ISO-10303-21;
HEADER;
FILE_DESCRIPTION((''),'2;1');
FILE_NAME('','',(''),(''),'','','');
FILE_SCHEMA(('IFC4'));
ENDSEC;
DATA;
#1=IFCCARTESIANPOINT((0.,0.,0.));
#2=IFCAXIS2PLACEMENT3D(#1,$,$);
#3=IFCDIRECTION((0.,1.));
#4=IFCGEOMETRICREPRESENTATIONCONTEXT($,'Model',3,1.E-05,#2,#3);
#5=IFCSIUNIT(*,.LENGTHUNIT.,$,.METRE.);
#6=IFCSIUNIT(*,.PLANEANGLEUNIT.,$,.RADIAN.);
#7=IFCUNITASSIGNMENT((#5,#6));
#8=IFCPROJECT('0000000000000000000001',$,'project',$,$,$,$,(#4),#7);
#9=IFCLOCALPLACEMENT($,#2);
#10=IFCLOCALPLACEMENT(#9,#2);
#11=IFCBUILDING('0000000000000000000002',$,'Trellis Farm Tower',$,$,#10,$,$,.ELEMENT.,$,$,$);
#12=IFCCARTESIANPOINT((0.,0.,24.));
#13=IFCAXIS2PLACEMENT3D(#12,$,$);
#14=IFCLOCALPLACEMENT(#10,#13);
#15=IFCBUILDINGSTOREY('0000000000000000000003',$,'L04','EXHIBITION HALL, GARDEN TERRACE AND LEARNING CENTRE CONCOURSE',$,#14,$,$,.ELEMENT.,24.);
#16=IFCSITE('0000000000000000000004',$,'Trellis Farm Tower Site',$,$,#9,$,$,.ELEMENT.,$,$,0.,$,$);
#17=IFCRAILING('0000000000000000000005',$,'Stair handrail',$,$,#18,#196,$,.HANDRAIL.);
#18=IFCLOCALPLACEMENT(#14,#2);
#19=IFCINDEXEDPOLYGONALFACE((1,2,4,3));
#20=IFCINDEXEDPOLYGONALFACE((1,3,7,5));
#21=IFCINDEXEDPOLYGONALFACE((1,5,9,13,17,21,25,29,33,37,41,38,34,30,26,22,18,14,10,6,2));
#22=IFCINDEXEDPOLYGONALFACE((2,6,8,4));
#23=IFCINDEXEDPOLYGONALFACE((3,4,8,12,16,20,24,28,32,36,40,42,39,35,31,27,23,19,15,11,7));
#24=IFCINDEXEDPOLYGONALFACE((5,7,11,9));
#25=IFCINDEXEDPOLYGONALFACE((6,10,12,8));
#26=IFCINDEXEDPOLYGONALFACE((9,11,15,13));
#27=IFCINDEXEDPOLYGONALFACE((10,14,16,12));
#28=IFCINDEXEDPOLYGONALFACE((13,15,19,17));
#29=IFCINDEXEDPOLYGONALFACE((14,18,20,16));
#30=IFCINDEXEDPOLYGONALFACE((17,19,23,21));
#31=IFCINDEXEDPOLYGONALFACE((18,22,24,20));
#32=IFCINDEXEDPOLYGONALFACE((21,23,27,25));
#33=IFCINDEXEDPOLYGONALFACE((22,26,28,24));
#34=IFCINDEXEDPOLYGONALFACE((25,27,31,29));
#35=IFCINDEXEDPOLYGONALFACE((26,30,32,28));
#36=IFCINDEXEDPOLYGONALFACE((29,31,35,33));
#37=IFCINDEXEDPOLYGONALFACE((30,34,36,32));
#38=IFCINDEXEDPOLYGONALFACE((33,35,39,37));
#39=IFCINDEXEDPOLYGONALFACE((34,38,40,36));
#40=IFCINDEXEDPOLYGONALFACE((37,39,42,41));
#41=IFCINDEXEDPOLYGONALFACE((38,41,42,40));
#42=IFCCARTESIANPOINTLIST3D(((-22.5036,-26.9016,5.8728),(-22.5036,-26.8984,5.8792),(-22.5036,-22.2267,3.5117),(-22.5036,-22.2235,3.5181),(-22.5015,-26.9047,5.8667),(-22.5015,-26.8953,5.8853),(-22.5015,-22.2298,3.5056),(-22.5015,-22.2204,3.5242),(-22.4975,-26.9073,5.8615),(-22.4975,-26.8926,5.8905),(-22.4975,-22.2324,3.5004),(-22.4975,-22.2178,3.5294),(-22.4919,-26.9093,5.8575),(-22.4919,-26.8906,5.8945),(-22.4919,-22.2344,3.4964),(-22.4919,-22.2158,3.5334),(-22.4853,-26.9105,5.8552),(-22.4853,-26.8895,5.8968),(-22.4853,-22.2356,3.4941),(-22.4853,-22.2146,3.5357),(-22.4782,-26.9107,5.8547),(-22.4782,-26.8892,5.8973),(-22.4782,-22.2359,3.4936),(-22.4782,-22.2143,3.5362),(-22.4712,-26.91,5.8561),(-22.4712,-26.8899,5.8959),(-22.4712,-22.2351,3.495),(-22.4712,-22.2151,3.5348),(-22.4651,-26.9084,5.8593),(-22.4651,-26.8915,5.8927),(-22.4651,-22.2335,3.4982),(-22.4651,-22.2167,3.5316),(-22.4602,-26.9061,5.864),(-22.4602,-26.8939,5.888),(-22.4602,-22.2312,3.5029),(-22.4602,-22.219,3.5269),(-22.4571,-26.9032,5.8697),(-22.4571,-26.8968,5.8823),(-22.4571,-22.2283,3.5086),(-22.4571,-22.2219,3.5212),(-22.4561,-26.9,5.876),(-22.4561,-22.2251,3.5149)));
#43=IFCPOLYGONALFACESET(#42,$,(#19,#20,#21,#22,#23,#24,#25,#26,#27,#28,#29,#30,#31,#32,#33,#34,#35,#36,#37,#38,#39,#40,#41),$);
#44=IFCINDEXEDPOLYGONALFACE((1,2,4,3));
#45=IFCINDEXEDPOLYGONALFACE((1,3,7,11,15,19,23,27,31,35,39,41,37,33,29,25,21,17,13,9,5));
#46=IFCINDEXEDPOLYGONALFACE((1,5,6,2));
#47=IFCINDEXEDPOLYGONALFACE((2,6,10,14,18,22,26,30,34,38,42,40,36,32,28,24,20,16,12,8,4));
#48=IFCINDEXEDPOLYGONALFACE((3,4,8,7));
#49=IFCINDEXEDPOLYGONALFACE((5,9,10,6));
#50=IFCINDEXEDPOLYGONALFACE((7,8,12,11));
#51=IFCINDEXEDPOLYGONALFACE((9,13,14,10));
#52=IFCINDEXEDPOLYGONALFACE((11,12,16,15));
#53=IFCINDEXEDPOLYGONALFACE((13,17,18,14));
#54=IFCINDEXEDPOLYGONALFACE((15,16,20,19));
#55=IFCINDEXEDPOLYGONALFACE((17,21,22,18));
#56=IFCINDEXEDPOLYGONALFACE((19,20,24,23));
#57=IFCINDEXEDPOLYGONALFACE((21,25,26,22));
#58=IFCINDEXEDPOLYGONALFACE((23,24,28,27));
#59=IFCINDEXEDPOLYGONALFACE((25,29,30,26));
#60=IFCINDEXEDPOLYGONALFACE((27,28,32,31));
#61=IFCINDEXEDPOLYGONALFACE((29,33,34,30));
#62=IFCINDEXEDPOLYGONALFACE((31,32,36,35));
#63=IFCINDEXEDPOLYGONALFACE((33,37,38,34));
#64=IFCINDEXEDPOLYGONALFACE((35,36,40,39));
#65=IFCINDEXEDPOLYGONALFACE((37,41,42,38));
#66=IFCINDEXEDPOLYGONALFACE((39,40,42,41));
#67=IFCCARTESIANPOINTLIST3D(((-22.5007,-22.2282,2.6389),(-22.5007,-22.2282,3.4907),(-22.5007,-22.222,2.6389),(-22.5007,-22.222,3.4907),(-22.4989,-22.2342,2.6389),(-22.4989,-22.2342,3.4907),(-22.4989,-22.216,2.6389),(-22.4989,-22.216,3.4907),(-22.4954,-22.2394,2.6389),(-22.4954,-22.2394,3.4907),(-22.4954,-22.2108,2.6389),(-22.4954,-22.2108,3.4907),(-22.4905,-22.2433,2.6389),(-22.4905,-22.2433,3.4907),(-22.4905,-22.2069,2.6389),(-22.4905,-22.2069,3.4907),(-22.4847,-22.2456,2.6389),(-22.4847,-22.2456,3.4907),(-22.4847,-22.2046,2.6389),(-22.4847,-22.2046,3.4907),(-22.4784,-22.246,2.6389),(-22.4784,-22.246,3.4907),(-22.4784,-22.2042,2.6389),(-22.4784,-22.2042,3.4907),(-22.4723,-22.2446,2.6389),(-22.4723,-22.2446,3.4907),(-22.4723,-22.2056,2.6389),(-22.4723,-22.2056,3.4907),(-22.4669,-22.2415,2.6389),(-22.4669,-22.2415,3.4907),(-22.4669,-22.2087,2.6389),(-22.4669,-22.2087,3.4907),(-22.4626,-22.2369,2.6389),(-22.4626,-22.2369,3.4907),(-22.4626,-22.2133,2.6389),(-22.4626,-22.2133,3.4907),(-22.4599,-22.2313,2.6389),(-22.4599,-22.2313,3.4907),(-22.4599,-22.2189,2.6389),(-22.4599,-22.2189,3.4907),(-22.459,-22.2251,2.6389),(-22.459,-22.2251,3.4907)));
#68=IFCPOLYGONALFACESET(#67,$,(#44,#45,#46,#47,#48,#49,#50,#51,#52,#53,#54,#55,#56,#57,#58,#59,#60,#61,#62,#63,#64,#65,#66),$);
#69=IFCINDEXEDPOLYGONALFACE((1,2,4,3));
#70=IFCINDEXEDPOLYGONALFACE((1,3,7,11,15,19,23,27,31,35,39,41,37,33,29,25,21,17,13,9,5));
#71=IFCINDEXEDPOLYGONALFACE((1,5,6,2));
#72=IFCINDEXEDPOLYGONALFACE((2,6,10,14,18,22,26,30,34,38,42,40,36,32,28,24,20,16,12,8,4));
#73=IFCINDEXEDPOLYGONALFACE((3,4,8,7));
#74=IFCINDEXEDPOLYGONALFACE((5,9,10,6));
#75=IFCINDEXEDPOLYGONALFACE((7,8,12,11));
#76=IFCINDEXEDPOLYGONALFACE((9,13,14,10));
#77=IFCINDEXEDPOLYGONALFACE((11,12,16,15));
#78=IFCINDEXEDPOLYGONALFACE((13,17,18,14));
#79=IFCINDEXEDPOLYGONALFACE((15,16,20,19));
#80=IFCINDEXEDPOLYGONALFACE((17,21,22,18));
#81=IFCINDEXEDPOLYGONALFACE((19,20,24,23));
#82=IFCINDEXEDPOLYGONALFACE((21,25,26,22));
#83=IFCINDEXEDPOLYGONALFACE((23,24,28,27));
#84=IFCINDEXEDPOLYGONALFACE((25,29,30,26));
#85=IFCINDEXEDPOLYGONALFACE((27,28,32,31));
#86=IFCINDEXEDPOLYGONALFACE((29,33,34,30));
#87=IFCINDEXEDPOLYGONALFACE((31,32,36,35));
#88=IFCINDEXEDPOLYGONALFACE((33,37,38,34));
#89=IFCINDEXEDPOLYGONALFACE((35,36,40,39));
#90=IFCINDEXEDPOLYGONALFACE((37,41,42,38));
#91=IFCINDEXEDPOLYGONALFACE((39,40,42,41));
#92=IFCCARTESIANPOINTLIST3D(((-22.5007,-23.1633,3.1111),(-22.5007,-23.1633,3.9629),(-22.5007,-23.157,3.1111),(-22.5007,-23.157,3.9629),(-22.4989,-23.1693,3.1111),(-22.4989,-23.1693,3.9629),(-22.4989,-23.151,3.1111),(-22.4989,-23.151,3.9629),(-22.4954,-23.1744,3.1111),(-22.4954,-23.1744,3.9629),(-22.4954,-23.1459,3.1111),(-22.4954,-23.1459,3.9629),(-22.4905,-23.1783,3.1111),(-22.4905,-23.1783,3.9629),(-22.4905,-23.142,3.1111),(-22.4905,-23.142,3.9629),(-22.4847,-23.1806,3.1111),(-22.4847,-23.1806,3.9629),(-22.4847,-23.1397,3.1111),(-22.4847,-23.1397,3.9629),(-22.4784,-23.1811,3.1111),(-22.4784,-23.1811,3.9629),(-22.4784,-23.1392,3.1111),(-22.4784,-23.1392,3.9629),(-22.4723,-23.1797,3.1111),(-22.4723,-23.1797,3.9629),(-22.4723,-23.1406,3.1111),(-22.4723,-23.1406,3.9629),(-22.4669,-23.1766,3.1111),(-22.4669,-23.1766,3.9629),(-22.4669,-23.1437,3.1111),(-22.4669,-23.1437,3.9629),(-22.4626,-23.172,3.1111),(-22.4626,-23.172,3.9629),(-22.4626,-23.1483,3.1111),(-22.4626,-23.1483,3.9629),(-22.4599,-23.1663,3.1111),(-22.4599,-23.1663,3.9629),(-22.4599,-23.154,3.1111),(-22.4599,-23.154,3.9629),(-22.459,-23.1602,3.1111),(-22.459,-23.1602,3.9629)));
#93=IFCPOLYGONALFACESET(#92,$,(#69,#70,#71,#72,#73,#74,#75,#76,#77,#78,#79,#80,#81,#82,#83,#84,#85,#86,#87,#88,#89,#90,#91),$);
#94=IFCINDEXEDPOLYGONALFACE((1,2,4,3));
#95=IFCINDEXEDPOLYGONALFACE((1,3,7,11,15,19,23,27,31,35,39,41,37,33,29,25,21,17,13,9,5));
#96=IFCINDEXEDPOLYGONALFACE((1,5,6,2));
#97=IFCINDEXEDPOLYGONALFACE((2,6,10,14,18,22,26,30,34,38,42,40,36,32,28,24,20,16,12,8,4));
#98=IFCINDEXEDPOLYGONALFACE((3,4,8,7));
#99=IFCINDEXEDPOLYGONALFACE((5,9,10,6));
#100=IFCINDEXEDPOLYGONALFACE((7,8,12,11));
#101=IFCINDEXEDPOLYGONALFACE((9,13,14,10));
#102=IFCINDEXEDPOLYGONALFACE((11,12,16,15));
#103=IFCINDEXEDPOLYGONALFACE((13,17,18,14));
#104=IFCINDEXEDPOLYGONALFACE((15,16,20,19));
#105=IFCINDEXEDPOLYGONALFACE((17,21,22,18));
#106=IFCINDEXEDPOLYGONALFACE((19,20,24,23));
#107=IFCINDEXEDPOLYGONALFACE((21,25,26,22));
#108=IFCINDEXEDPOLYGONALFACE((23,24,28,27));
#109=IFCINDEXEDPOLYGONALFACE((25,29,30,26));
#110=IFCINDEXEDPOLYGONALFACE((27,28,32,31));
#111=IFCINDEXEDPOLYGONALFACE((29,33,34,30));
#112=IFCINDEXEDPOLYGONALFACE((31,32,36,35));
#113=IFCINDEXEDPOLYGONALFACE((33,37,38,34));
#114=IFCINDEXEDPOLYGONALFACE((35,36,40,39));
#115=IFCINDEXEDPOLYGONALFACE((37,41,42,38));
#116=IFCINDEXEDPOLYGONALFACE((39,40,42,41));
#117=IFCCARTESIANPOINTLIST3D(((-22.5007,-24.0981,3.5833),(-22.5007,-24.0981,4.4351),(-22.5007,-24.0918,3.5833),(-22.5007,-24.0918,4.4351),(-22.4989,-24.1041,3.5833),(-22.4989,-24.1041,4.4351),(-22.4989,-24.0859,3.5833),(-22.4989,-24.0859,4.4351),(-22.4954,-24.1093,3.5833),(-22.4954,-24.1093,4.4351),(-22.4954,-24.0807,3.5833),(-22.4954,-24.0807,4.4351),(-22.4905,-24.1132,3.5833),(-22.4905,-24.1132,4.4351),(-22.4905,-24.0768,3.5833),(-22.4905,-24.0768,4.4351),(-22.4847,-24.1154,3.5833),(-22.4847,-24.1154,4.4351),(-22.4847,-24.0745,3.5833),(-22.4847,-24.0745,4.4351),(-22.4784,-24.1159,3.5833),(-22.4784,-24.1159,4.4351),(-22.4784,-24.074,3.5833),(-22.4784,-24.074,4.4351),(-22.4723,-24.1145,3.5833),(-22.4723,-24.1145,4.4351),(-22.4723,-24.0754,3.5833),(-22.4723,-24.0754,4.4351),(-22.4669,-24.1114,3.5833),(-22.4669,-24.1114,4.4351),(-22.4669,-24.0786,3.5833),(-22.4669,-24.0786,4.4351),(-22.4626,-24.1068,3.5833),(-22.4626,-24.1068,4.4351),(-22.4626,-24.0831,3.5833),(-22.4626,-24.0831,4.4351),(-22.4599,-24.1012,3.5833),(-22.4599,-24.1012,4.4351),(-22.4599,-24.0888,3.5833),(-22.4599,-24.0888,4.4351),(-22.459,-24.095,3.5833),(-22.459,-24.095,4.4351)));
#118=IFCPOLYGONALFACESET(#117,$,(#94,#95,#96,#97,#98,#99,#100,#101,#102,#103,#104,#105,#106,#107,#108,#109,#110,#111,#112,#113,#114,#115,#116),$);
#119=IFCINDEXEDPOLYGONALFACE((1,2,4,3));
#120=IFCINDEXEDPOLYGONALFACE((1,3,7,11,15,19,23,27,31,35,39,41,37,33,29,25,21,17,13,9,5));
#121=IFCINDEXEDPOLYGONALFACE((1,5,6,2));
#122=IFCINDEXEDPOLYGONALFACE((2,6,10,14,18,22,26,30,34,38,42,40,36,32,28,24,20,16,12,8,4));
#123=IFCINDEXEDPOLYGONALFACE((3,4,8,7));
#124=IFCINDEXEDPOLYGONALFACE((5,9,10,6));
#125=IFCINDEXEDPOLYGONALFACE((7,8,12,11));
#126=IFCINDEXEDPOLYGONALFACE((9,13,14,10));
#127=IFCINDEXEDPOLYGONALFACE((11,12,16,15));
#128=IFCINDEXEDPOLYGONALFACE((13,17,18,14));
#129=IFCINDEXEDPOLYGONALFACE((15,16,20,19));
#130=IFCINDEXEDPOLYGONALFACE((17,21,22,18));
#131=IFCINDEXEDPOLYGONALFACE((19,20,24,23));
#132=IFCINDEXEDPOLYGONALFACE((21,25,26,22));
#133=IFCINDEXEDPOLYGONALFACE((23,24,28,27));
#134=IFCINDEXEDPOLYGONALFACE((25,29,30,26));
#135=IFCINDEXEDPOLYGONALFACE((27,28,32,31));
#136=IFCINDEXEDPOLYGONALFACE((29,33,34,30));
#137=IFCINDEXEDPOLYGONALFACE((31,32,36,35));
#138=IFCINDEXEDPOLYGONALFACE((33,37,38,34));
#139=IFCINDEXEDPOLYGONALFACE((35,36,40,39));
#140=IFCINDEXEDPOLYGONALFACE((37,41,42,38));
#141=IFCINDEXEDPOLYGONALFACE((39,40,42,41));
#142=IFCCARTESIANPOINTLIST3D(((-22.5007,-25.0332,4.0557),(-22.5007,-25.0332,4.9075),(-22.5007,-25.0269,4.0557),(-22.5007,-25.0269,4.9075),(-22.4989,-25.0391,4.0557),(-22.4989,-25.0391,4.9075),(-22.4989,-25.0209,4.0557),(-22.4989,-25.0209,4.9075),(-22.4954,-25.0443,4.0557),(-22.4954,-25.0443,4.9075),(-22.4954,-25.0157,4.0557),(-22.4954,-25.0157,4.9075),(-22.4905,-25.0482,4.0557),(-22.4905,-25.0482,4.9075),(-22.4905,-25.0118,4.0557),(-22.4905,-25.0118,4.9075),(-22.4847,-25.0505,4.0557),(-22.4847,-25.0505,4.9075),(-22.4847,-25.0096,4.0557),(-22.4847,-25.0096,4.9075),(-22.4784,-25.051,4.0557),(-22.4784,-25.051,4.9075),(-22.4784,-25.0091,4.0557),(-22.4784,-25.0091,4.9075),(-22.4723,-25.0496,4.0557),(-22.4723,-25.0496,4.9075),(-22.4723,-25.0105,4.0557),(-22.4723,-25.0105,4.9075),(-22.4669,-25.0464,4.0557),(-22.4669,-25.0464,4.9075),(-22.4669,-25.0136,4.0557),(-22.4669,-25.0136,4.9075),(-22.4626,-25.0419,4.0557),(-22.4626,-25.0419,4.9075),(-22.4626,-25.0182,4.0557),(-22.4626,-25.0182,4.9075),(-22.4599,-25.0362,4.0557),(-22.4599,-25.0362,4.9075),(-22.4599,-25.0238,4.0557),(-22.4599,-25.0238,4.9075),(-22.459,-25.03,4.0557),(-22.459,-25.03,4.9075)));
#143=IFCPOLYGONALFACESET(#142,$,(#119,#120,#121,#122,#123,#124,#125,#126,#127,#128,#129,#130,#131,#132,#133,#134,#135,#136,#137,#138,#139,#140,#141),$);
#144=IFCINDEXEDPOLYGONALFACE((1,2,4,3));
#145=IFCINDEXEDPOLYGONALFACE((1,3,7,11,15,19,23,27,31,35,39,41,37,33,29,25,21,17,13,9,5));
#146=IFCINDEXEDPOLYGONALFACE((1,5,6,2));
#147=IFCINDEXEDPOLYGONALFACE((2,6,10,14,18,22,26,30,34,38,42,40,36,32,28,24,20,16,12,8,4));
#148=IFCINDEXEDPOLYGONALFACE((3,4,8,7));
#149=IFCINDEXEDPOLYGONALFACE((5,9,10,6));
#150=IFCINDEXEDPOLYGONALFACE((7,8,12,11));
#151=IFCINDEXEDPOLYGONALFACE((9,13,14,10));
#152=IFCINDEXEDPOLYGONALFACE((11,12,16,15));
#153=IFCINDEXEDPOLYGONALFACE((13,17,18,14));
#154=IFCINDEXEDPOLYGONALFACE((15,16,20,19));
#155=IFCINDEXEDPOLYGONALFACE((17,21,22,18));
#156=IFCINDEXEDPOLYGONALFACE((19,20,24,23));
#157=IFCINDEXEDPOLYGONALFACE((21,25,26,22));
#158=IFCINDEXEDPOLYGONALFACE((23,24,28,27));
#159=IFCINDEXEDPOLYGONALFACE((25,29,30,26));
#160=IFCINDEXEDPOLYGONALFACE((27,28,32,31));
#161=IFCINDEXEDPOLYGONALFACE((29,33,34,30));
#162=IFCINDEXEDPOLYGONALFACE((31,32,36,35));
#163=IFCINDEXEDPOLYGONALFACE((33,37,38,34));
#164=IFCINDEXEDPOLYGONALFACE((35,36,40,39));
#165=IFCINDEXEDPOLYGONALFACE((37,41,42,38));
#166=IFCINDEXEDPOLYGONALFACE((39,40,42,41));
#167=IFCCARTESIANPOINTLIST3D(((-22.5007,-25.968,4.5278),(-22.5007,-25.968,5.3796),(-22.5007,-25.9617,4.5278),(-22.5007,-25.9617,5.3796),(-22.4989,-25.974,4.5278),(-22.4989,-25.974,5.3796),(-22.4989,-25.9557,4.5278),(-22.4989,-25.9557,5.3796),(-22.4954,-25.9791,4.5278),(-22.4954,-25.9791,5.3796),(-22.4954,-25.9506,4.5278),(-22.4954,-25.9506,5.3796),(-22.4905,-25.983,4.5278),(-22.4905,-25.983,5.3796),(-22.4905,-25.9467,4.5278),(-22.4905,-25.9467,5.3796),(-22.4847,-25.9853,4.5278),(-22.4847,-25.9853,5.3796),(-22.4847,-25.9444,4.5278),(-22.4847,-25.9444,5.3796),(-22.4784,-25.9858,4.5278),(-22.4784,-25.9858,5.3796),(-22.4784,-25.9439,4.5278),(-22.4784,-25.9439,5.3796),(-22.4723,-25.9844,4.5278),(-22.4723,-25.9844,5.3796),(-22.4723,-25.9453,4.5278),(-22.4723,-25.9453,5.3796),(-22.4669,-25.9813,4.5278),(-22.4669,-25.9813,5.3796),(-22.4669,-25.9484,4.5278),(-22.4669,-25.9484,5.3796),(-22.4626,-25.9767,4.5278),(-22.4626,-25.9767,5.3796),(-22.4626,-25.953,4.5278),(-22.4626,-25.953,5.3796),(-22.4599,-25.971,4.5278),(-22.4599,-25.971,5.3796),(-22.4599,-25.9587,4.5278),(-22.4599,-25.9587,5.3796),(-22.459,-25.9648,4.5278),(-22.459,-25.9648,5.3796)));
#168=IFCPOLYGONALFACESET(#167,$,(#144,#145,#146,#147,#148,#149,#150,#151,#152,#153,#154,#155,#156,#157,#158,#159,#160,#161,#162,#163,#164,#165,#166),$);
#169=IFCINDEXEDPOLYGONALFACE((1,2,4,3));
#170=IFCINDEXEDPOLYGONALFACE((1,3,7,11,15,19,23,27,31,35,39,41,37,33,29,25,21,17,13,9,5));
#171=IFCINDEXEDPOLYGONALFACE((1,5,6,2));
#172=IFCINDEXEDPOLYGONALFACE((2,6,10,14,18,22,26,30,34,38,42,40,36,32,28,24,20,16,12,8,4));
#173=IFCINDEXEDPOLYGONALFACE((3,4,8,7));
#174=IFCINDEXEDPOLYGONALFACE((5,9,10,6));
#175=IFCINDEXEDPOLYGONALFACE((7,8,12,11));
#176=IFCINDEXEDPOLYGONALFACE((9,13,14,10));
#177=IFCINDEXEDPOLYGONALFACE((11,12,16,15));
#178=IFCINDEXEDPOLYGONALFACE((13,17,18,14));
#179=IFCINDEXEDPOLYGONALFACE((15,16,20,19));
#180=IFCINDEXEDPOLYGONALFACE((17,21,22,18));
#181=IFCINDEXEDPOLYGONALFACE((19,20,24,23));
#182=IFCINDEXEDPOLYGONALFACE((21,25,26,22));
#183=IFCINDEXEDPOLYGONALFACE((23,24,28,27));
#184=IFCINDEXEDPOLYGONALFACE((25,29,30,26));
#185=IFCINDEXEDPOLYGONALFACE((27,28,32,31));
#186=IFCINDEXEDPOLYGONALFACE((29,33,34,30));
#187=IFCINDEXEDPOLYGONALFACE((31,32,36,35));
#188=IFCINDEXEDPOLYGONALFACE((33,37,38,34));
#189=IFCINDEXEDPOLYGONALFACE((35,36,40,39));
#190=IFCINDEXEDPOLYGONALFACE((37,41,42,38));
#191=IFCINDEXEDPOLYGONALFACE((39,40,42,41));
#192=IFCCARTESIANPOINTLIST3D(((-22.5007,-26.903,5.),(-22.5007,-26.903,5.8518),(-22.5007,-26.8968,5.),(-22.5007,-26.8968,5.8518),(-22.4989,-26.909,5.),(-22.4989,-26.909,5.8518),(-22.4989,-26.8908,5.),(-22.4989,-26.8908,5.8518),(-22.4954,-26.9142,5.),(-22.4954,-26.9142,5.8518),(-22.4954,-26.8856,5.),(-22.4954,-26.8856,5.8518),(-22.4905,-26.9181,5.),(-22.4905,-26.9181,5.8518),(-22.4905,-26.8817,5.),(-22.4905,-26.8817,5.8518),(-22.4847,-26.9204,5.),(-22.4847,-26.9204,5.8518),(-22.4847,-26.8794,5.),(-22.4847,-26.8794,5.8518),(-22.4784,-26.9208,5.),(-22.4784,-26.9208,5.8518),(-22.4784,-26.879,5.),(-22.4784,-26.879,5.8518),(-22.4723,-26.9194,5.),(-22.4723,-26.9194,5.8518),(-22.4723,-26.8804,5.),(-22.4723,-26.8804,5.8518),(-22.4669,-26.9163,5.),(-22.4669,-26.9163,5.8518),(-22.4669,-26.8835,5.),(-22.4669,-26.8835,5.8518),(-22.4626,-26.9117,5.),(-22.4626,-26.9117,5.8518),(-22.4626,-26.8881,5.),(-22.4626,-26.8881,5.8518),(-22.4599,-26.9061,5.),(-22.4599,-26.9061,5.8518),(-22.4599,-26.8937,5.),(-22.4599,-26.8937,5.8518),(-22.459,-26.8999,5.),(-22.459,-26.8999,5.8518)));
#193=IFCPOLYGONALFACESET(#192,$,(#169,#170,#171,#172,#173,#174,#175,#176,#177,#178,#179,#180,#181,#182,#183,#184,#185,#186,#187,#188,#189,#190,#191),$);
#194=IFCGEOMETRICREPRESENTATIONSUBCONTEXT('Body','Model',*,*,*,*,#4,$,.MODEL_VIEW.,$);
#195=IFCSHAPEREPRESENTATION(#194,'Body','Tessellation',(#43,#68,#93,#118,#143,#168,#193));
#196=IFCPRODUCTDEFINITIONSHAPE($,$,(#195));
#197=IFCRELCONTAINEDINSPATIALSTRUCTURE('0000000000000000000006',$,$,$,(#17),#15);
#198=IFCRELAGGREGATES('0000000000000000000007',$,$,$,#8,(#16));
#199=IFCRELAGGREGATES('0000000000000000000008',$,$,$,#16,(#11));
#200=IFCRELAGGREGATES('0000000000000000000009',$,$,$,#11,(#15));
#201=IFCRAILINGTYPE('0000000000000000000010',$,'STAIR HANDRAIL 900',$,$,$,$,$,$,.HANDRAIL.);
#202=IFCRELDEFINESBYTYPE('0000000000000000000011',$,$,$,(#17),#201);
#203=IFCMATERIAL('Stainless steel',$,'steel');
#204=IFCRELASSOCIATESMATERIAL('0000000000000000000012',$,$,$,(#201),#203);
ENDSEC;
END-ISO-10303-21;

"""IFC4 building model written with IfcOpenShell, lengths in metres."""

from ifc_helpers import new_model, si_unit, direction, frame, origin, origin_2d, place, context, subcontext, project, spatial, circle, extrude, source, transform, mapped, material, type_object, element, save


model = new_model("IFC4")

# Units and contexts
model_context = context("Model", 3, precision=1e-05, world=origin(), true_north=direction((0.0, 1.0)))
body_context = subcontext(model_context, "Body", "Model", "MODEL_VIEW")
ifc_project = project(units=[si_unit("LENGTHUNIT", "METRE"), si_unit("PLANEANGLEUNIT", "RADIAN")], contexts=[model_context])

# Site, building, storey
site_placement = place(None, origin())
site = spatial("IfcSite", under=ifc_project, at=site_placement, Name="Trellis Farm Tower Site", CompositionType="ELEMENT", RefElevation=0.0)
building_placement = place(site_placement, origin())
building = spatial("IfcBuilding", under=site, at=building_placement, Name="Trellis Farm Tower", CompositionType="ELEMENT")
storey_placement = place(building_placement, frame((0.0, 0.0, 24.0)))
storey = spatial("IfcBuildingStorey", under=building, at=storey_placement, Name="L04", Description="EXHIBITION HALL, GARDEN TERRACE AND LEARNING CENTRE CONCOURSE", CompositionType="ELEMENT", Elevation=24.0)

# Railing
ifc_material_1 = material(Name="Stainless steel", Category="steel")
railing_type = type_object("IfcRailingType", Name="STAIR HANDRAIL 900", PredefinedType="HANDRAIL", material=ifc_material_1)
shared_shape_1 = source(origin(), body_context, "Body", "SweptSolid", [
    extrude(circle(Radius=0.0239, at=origin_2d()), frame((0.0, 0.0, 0.876), z_axis=(0.0, -0.892611, 0.450827), x_axis=(1.0, 0.0, 0.0)), (0.0, 0.0, 1.0), 5.2373),
    extrude(circle(Radius=0.021, at=origin_2d()), origin(), (0.0, 0.0, 1.0), 0.8518),
    extrude(circle(Radius=0.021, at=origin_2d()), frame((0.0, -0.9351, 0.4722)), (0.0, 0.0, 1.0), 0.8518),
    extrude(circle(Radius=0.021, at=origin_2d()), frame((0.0, -1.8699, 0.9443)), (0.0, 0.0, 1.0), 0.8518),
    extrude(circle(Radius=0.021, at=origin_2d()), frame((0.0, -2.8049, 1.4167)), (0.0, 0.0, 1.0), 0.8518),
    extrude(circle(Radius=0.021, at=origin_2d()), frame((0.0, -3.7397, 1.8889)), (0.0, 0.0, 1.0), 0.8518),
    extrude(circle(Radius=0.021, at=origin_2d()), frame((0.0, -4.6748, 2.3611)), (0.0, 0.0, 1.0), 0.8518),
])
railing_placement = place(storey_placement, frame((-22.48, -22.2251, 2.6389)))
element("IfcRailing", 1, at=railing_placement, inside=storey, type_object=railing_type, Name="Stair handrail", PredefinedType="HANDRAIL", context=body_context, shape_type="MappedRepresentation", body=[
    mapped(shared_shape_1, transform((0.0, 0.0, 0.0))),
])

save(model, "model.ifc")
